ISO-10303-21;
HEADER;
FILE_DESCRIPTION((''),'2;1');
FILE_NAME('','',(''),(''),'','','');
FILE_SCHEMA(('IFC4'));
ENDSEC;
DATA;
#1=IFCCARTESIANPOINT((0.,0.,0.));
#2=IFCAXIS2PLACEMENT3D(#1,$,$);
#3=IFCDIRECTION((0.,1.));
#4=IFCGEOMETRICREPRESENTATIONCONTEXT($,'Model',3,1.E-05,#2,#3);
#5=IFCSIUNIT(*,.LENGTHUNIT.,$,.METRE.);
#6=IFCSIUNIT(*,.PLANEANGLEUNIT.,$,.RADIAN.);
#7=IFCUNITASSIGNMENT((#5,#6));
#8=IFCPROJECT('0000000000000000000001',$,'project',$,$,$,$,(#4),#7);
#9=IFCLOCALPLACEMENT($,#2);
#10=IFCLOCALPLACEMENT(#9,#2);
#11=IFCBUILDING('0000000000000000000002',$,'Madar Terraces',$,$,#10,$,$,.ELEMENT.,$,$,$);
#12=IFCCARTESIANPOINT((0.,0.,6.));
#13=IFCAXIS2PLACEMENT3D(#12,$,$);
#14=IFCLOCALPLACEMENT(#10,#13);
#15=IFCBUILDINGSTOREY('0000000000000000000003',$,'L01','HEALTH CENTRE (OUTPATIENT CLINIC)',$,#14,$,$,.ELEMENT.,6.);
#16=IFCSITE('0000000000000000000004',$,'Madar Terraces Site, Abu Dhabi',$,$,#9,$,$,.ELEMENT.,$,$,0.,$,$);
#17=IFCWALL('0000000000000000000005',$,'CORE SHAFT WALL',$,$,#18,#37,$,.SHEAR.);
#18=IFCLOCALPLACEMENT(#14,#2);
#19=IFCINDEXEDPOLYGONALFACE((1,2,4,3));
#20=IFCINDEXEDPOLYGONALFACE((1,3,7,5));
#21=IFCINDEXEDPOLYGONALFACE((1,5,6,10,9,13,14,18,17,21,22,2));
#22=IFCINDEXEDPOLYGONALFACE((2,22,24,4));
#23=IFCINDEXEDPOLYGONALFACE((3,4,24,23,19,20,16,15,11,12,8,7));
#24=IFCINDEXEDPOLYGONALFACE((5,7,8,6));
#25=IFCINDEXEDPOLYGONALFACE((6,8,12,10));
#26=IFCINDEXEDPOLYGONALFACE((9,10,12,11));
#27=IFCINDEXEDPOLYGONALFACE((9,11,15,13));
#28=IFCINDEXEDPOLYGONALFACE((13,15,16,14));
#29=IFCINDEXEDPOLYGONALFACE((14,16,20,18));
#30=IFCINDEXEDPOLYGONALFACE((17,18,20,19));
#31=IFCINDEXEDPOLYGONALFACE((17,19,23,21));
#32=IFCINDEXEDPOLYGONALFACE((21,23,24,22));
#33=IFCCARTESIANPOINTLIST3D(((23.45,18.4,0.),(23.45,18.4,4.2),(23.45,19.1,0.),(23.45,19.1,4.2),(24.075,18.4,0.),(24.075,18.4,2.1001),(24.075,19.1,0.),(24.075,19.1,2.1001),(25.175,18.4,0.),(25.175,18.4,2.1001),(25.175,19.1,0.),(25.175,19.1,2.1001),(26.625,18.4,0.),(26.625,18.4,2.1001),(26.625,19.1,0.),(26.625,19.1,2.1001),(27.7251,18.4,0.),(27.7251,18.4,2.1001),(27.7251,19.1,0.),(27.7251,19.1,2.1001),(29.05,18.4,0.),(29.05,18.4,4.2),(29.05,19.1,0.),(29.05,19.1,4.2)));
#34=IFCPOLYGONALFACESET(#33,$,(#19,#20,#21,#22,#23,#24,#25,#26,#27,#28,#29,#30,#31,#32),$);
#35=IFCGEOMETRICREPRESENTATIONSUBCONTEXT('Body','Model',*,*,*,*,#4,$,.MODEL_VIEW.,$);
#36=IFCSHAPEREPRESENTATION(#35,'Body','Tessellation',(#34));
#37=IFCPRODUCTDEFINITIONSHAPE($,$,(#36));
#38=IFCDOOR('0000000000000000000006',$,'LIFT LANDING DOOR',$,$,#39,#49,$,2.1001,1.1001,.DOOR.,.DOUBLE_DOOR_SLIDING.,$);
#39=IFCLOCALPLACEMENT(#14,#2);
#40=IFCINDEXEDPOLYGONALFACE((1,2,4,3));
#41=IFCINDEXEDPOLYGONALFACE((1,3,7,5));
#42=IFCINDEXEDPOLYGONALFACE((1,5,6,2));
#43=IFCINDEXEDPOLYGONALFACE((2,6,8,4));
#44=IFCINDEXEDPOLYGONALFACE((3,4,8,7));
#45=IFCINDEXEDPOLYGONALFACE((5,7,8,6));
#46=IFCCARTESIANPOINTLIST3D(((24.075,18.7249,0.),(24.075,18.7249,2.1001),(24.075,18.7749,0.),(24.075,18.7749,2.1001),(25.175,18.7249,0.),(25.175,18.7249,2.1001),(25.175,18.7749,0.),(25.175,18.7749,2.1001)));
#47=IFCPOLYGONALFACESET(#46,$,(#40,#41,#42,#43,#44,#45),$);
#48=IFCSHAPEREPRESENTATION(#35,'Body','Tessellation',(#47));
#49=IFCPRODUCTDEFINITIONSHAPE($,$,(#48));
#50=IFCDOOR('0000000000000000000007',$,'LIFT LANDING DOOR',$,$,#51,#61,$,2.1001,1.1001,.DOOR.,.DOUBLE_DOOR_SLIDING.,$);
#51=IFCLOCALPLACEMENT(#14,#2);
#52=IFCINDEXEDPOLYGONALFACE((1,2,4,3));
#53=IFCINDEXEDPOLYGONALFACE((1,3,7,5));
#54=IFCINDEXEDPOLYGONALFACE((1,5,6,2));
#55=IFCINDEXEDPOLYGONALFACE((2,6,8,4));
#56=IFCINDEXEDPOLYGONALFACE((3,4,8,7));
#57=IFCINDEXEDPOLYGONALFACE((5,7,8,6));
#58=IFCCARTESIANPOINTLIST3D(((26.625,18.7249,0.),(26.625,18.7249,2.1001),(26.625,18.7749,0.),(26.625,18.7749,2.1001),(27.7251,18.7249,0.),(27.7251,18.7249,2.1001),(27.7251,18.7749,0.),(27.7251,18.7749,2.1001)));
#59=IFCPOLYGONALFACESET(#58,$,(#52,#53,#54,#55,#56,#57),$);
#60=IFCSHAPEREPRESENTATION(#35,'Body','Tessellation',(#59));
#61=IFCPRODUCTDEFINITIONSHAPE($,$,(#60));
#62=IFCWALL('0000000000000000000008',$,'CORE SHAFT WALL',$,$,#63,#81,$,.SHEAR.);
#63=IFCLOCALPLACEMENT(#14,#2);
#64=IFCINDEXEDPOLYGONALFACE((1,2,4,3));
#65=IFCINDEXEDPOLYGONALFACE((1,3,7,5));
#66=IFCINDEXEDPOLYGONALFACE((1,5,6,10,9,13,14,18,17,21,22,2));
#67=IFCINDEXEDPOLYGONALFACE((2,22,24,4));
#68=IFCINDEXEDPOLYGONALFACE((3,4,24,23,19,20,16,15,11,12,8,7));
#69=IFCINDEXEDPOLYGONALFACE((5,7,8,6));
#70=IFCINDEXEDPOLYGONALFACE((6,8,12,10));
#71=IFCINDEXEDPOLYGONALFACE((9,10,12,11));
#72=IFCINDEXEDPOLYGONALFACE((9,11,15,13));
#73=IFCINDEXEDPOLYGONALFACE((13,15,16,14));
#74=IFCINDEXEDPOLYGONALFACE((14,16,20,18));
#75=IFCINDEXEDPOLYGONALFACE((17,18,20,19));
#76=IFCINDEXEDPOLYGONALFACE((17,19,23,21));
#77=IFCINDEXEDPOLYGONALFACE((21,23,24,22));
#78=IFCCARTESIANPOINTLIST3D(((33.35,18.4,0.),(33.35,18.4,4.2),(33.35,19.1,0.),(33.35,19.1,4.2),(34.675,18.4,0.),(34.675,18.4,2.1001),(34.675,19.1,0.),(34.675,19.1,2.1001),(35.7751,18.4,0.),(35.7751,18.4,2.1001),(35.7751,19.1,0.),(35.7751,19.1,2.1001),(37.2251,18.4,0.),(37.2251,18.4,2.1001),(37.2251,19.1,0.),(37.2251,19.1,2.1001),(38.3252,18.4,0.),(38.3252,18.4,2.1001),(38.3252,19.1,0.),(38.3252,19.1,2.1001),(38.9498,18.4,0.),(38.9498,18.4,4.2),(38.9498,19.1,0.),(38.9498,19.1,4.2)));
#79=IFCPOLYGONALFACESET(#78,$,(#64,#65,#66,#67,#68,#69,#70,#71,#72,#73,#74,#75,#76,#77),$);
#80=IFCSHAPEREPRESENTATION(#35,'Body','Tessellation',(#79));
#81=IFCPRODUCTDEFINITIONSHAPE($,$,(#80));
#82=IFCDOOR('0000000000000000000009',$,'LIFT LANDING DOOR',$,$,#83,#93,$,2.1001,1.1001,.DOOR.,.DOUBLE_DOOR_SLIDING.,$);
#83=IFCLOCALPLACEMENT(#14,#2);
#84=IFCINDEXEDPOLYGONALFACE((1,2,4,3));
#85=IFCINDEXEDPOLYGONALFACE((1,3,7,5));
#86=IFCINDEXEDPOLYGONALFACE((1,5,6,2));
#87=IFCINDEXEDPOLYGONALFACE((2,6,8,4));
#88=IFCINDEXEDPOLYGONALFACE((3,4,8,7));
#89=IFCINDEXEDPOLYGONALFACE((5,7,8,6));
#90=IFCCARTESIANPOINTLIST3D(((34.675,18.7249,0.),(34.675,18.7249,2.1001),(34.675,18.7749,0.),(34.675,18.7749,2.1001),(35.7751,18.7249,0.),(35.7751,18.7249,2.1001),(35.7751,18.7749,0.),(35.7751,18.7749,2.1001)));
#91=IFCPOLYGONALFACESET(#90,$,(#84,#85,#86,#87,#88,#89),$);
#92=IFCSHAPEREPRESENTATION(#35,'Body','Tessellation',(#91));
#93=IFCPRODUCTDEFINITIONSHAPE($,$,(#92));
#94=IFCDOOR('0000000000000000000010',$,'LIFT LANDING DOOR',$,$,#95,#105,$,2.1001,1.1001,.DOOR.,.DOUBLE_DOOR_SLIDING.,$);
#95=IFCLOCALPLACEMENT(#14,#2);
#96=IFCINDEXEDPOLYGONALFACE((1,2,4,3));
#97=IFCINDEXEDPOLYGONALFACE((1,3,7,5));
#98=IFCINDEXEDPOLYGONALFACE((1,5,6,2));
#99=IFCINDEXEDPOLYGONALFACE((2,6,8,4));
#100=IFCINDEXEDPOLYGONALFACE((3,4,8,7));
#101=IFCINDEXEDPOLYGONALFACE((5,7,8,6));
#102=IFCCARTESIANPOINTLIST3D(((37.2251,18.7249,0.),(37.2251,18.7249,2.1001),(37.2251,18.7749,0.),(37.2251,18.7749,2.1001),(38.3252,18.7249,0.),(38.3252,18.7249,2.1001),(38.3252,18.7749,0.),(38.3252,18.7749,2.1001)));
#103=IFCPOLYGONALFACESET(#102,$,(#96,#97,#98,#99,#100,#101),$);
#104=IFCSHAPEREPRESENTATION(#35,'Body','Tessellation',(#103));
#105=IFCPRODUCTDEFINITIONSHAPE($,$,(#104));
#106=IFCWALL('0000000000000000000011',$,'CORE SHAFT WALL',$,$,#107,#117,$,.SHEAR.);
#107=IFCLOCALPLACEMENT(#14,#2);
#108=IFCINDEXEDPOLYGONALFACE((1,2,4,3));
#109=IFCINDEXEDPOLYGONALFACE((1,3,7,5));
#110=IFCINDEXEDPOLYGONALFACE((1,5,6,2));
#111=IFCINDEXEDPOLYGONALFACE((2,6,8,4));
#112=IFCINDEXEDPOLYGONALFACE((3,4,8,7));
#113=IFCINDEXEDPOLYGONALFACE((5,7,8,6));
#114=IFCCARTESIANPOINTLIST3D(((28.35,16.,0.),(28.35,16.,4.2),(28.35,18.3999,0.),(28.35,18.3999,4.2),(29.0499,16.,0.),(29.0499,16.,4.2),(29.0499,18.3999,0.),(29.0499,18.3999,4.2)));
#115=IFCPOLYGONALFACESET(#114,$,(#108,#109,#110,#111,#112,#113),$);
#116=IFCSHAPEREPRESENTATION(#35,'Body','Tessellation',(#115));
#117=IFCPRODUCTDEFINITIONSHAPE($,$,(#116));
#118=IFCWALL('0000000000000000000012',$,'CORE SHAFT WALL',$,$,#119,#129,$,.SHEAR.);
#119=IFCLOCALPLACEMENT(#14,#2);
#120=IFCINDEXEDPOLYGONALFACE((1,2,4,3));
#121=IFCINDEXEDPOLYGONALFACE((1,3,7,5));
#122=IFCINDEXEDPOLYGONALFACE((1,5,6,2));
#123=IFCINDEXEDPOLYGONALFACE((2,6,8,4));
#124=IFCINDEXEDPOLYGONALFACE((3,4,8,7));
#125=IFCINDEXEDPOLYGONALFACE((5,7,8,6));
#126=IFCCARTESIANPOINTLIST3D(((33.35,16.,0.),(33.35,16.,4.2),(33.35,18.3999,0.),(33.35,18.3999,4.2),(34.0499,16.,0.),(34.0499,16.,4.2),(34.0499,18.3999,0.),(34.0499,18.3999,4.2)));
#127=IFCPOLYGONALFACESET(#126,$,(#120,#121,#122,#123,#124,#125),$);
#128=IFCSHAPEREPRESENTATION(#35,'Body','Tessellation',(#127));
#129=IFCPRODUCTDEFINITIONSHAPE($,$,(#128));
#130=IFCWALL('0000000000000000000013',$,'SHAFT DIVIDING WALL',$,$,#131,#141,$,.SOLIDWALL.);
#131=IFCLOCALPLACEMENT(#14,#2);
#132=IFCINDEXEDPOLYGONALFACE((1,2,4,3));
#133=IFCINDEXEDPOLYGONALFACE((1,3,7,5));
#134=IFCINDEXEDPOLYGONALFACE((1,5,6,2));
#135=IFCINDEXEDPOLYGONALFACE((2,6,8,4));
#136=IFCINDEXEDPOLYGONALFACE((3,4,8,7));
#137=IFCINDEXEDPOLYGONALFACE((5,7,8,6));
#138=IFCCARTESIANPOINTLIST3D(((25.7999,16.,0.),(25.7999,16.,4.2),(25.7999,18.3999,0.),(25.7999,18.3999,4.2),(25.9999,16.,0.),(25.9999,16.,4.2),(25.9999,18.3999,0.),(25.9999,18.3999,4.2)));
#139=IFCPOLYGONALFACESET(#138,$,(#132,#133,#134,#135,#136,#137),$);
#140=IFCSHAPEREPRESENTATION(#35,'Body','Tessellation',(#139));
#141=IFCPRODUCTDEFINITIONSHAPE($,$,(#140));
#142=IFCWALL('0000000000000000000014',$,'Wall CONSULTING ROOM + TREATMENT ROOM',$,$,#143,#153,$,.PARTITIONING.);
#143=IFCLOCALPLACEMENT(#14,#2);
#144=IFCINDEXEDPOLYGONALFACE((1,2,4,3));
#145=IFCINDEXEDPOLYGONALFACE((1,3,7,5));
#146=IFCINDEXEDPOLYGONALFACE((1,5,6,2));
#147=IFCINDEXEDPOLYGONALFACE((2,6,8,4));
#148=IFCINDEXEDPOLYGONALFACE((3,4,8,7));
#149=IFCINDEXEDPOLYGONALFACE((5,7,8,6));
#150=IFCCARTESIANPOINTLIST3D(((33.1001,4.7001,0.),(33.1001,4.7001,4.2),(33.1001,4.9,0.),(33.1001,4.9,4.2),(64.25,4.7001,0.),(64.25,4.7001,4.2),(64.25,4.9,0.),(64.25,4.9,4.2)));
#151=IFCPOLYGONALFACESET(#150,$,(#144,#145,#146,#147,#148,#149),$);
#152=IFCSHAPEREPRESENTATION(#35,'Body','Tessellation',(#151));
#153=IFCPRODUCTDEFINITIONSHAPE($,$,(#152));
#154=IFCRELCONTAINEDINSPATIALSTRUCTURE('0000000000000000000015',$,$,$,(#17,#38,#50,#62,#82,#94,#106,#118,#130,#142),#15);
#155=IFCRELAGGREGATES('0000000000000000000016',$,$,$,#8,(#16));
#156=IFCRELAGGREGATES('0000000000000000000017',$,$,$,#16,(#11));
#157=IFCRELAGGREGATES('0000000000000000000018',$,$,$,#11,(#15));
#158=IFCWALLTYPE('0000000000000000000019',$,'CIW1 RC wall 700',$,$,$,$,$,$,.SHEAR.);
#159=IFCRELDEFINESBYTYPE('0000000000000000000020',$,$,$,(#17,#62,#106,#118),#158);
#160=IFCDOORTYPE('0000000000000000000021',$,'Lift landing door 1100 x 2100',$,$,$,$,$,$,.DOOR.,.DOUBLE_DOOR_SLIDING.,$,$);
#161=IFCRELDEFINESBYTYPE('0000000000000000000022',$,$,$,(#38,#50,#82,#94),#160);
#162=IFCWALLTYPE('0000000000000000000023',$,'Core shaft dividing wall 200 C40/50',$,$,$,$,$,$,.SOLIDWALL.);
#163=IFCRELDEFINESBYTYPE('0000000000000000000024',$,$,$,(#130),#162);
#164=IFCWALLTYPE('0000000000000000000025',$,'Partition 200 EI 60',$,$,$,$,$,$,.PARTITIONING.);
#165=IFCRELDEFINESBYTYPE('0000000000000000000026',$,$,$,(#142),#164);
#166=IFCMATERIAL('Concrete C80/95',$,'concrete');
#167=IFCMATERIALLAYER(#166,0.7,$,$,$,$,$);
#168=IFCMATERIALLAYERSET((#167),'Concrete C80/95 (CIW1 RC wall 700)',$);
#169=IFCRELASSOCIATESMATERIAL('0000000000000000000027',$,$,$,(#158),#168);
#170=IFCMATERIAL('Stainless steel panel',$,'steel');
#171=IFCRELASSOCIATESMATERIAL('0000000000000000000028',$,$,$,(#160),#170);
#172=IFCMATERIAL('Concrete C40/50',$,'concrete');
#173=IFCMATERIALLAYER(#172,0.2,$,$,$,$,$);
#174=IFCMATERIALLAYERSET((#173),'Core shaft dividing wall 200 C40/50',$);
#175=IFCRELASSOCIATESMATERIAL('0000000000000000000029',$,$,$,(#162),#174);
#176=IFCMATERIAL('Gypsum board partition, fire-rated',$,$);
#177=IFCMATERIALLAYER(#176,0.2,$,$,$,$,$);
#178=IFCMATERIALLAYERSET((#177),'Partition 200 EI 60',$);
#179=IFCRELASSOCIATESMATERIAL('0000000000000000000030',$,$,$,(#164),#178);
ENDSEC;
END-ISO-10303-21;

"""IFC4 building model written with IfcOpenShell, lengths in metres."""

from ifc_helpers import new_model, si_unit, direction, frame, frame_2d, origin, place, context, subcontext, project, spatial, rectangle, extrude, material, layer, layer_set, type_object, element, fill, save


model = new_model("IFC4")

# Units and contexts
model_context = context("Model", 3, precision=1e-05, world=origin(), true_north=direction((0.0, 1.0)))
body_context = subcontext(model_context, "Body", "Model", "MODEL_VIEW")
ifc_project = project(units=[si_unit("LENGTHUNIT", "METRE"), si_unit("PLANEANGLEUNIT", "RADIAN")], contexts=[model_context])

# Site, building, storey
site_placement = place(None, origin())
site = spatial("IfcSite", under=ifc_project, at=site_placement, Name="Madar Terraces Site, Abu Dhabi", CompositionType="ELEMENT", RefElevation=0.0)
building_placement = place(site_placement, origin())
building = spatial("IfcBuilding", under=site, at=building_placement, Name="Madar Terraces", CompositionType="ELEMENT")
storey_placement = place(building_placement, frame((0.0, 0.0, 6.0)))
storey = spatial("IfcBuildingStorey", under=building, at=storey_placement, Name="L01", Description="HEALTH CENTRE (OUTPATIENT CLINIC)", CompositionType="ELEMENT", Elevation=6.0)

# Walls, openings, doors
ifc_material_1 = material(Name="Concrete C80/95", Category="concrete")
ifc_layer_1 = layer(ifc_material_1, 0.7)
ifc_layer_set_1 = layer_set([ifc_layer_1], Name="Concrete C80/95 (CIW1 RC wall 700)")
wall_type_1 = type_object("IfcWallType", Name="CIW1 RC wall 700", PredefinedType="SHEAR", material=ifc_layer_set_1)
wall_1_placement = place(storey_placement, frame((23.45, 18.75, 0.0), z_axis=(0.0, 0.0, 1.0), x_axis=(1.0, 0.0, 0.0)))
wall_1 = element("IfcWall", 1, at=wall_1_placement, inside=storey, type_object=wall_type_1, Name="CORE SHAFT WALL", PredefinedType="SHEAR", context=body_context, shape_type="SweptSolid", body=[
    extrude(rectangle(XDim=5.6001, YDim=0.7, at=frame_2d((2.8, 0.0))), origin(), (0.0, 0.0, 1.0), 4.2),
])
opening_1_placement = place(wall_1_placement, frame((0.625, 0.0, 0.0)))
opening_1 = element("IfcOpeningElement", 2, at=opening_1_placement, cuts=wall_1, PredefinedType="OPENING", context=body_context, shape_type="SweptSolid", body=[
    extrude(rectangle(XDim=1.1001, YDim=2.1001, at=frame_2d((0.55, 1.05))), frame((0.0, 0.3599, 0.0), z_axis=(0.0, -1.0, 0.0), x_axis=(1.0, 0.0, 0.0)), (0.0, 0.0, 1.0), 0.72),
])
opening_2_placement = place(wall_1_placement, frame((3.175, 0.0, 0.0)))
opening_2 = element("IfcOpeningElement", 3, at=opening_2_placement, cuts=wall_1, PredefinedType="OPENING", context=body_context, shape_type="SweptSolid", body=[
    extrude(rectangle(XDim=1.1001, YDim=2.1001, at=frame_2d((0.55, 1.05))), frame((0.0, 0.3599, 0.0), z_axis=(0.0, -1.0, 0.0), x_axis=(1.0, 0.0, 0.0)), (0.0, 0.0, 1.0), 0.72),
])
ifc_material_2 = material(Name="Stainless steel panel", Category="steel")
door_type_1 = type_object("IfcDoorType", Name="Lift landing door 1100 x 2100", OperationType="DOUBLE_DOOR_SLIDING", PredefinedType="DOOR", material=ifc_material_2)
door_1_placement = place(opening_1_placement, origin())
door_1 = element("IfcDoor", 4, at=door_1_placement, inside=storey, type_object=door_type_1, Name="LIFT LANDING DOOR", OperationType="DOUBLE_DOOR_SLIDING", OverallHeight=2.1001, OverallWidth=1.1001, PredefinedType="DOOR", context=body_context, shape_type="SweptSolid", body=[
    extrude(rectangle(XDim=1.1001, YDim=2.1001, at=frame_2d((0.55, 1.05))), frame((0.0, 0.0249, 0.0), z_axis=(0.0, -1.0, 0.0), x_axis=(1.0, 0.0, 0.0)), (0.0, 0.0, 1.0), 0.05),
])
fill(opening_1, door_1)
door_2_placement = place(opening_2_placement, origin())
door_2 = element("IfcDoor", 5, at=door_2_placement, inside=storey, type_object=door_type_1, Name="LIFT LANDING DOOR", OperationType="DOUBLE_DOOR_SLIDING", OverallHeight=2.1001, OverallWidth=1.1001, PredefinedType="DOOR", context=body_context, shape_type="SweptSolid", body=[
    extrude(rectangle(XDim=1.1001, YDim=2.1001, at=frame_2d((0.55, 1.05))), frame((0.0, 0.0249, 0.0), z_axis=(0.0, -1.0, 0.0), x_axis=(1.0, 0.0, 0.0)), (0.0, 0.0, 1.0), 0.05),
])
fill(opening_2, door_2)
wall_2_placement = place(storey_placement, frame((33.3501, 18.75, 0.0), z_axis=(0.0, 0.0, 1.0), x_axis=(1.0, 0.0, 0.0)))
wall_2 = element("IfcWall", 6, at=wall_2_placement, inside=storey, type_object=wall_type_1, Name="CORE SHAFT WALL", PredefinedType="SHEAR", context=body_context, shape_type="SweptSolid", body=[
    extrude(rectangle(XDim=5.5999, YDim=0.7, at=frame_2d((2.7998, 0.0))), origin(), (0.0, 0.0, 1.0), 4.2),
])
opening_3_placement = place(wall_2_placement, frame((1.325, 0.0, 0.0)))
opening_3 = element("IfcOpeningElement", 7, at=opening_3_placement, cuts=wall_2, PredefinedType="OPENING", context=body_context, shape_type="SweptSolid", body=[
    extrude(rectangle(XDim=1.1001, YDim=2.1001, at=frame_2d((0.55, 1.05))), frame((0.0, 0.3599, 0.0), z_axis=(0.0, -1.0, 0.0), x_axis=(1.0, 0.0, 0.0)), (0.0, 0.0, 1.0), 0.72),
])
opening_4_placement = place(wall_2_placement, frame((3.875, 0.0, 0.0)))
opening_4 = element("IfcOpeningElement", 8, at=opening_4_placement, cuts=wall_2, PredefinedType="OPENING", context=body_context, shape_type="SweptSolid", body=[
    extrude(rectangle(XDim=1.1001, YDim=2.1001, at=frame_2d((0.55, 1.05))), frame((0.0, 0.3599, 0.0), z_axis=(0.0, -1.0, 0.0), x_axis=(1.0, 0.0, 0.0)), (0.0, 0.0, 1.0), 0.72),
])
door_3_placement = place(opening_3_placement, origin())
door_3 = element("IfcDoor", 9, at=door_3_placement, inside=storey, type_object=door_type_1, Name="LIFT LANDING DOOR", OperationType="DOUBLE_DOOR_SLIDING", OverallHeight=2.1001, OverallWidth=1.1001, PredefinedType="DOOR", context=body_context, shape_type="SweptSolid", body=[
    extrude(rectangle(XDim=1.1001, YDim=2.1001, at=frame_2d((0.55, 1.05))), frame((0.0, 0.0249, 0.0), z_axis=(0.0, -1.0, 0.0), x_axis=(1.0, 0.0, 0.0)), (0.0, 0.0, 1.0), 0.05),
])
fill(opening_3, door_3)
door_4_placement = place(opening_4_placement, origin())
door_4 = element("IfcDoor", 10, at=door_4_placement, inside=storey, type_object=door_type_1, Name="LIFT LANDING DOOR", OperationType="DOUBLE_DOOR_SLIDING", OverallHeight=2.1001, OverallWidth=1.1001, PredefinedType="DOOR", context=body_context, shape_type="SweptSolid", body=[
    extrude(rectangle(XDim=1.1001, YDim=2.1001, at=frame_2d((0.55, 1.05))), frame((0.0, 0.0249, 0.0), z_axis=(0.0, -1.0, 0.0), x_axis=(1.0, 0.0, 0.0)), (0.0, 0.0, 1.0), 0.05),
])
fill(opening_4, door_4)

# Walls
for number, where, z_axis, x_axis, name in (
    (11, (28.7, 16.0, 0.0), (0.0, 0.0, 1.0), (0.0, 1.0, 0.0), "CORE SHAFT WALL"),
    (12, (33.7, 16.0, 0.0), (0.0, 0.0, 1.0), (0.0, 1.0, 0.0), "CORE SHAFT WALL"),
):
    element("IfcWall", number, at=place(storey_placement, frame(where, z_axis=z_axis, x_axis=x_axis)), inside=storey, type_object=wall_type_1, Name=name, PredefinedType="SHEAR", context=body_context, shape_type="SweptSolid", body=[
        extrude(rectangle(XDim=2.3999, YDim=0.7, at=frame_2d((1.2, 0.0))), origin(), (0.0, 0.0, 1.0), 4.2),
    ])
ifc_material_3 = material(Name="Concrete C40/50", Category="concrete")
ifc_layer_2 = layer(ifc_material_3, 0.2)
ifc_layer_set_2 = layer_set([ifc_layer_2], Name="Core shaft dividing wall 200 C40/50")
wall_type_2 = type_object("IfcWallType", Name="Core shaft dividing wall 200 C40/50", PredefinedType="SOLIDWALL", material=ifc_layer_set_2)
wall_3_placement = place(storey_placement, frame((25.8999, 16.0, 0.0), z_axis=(0.0, 0.0, 1.0), x_axis=(0.0, 1.0, 0.0)))
element("IfcWall", 13, at=wall_3_placement, inside=storey, type_object=wall_type_2, Name="SHAFT DIVIDING WALL", PredefinedType="SOLIDWALL", context=body_context, shape_type="SweptSolid", body=[
    extrude(rectangle(XDim=2.3999, YDim=0.2, at=frame_2d((1.2, 0.0))), origin(), (0.0, 0.0, 1.0), 4.2),
])
ifc_material_4 = material(Name="Gypsum board partition, fire-rated")
ifc_layer_3 = layer(ifc_material_4, 0.2)
ifc_layer_set_3 = layer_set([ifc_layer_3], Name="Partition 200 EI 60")
wall_type_3 = type_object("IfcWallType", Name="Partition 200 EI 60", PredefinedType="PARTITIONING", material=ifc_layer_set_3)
wall_4_placement = place(storey_placement, frame((33.1001, 4.8, 0.0), z_axis=(0.0, 0.0, 1.0), x_axis=(1.0, 0.0, 0.0)))
element("IfcWall", 14, at=wall_4_placement, inside=storey, type_object=wall_type_3, Name="Wall CONSULTING ROOM + TREATMENT ROOM", PredefinedType="PARTITIONING", context=body_context, shape_type="SweptSolid", body=[
    extrude(rectangle(XDim=31.1499, YDim=0.2, at=frame_2d((15.575, 0.0))), origin(), (0.0, 0.0, 1.0), 4.2),
])

save(model, "model.ifc")
